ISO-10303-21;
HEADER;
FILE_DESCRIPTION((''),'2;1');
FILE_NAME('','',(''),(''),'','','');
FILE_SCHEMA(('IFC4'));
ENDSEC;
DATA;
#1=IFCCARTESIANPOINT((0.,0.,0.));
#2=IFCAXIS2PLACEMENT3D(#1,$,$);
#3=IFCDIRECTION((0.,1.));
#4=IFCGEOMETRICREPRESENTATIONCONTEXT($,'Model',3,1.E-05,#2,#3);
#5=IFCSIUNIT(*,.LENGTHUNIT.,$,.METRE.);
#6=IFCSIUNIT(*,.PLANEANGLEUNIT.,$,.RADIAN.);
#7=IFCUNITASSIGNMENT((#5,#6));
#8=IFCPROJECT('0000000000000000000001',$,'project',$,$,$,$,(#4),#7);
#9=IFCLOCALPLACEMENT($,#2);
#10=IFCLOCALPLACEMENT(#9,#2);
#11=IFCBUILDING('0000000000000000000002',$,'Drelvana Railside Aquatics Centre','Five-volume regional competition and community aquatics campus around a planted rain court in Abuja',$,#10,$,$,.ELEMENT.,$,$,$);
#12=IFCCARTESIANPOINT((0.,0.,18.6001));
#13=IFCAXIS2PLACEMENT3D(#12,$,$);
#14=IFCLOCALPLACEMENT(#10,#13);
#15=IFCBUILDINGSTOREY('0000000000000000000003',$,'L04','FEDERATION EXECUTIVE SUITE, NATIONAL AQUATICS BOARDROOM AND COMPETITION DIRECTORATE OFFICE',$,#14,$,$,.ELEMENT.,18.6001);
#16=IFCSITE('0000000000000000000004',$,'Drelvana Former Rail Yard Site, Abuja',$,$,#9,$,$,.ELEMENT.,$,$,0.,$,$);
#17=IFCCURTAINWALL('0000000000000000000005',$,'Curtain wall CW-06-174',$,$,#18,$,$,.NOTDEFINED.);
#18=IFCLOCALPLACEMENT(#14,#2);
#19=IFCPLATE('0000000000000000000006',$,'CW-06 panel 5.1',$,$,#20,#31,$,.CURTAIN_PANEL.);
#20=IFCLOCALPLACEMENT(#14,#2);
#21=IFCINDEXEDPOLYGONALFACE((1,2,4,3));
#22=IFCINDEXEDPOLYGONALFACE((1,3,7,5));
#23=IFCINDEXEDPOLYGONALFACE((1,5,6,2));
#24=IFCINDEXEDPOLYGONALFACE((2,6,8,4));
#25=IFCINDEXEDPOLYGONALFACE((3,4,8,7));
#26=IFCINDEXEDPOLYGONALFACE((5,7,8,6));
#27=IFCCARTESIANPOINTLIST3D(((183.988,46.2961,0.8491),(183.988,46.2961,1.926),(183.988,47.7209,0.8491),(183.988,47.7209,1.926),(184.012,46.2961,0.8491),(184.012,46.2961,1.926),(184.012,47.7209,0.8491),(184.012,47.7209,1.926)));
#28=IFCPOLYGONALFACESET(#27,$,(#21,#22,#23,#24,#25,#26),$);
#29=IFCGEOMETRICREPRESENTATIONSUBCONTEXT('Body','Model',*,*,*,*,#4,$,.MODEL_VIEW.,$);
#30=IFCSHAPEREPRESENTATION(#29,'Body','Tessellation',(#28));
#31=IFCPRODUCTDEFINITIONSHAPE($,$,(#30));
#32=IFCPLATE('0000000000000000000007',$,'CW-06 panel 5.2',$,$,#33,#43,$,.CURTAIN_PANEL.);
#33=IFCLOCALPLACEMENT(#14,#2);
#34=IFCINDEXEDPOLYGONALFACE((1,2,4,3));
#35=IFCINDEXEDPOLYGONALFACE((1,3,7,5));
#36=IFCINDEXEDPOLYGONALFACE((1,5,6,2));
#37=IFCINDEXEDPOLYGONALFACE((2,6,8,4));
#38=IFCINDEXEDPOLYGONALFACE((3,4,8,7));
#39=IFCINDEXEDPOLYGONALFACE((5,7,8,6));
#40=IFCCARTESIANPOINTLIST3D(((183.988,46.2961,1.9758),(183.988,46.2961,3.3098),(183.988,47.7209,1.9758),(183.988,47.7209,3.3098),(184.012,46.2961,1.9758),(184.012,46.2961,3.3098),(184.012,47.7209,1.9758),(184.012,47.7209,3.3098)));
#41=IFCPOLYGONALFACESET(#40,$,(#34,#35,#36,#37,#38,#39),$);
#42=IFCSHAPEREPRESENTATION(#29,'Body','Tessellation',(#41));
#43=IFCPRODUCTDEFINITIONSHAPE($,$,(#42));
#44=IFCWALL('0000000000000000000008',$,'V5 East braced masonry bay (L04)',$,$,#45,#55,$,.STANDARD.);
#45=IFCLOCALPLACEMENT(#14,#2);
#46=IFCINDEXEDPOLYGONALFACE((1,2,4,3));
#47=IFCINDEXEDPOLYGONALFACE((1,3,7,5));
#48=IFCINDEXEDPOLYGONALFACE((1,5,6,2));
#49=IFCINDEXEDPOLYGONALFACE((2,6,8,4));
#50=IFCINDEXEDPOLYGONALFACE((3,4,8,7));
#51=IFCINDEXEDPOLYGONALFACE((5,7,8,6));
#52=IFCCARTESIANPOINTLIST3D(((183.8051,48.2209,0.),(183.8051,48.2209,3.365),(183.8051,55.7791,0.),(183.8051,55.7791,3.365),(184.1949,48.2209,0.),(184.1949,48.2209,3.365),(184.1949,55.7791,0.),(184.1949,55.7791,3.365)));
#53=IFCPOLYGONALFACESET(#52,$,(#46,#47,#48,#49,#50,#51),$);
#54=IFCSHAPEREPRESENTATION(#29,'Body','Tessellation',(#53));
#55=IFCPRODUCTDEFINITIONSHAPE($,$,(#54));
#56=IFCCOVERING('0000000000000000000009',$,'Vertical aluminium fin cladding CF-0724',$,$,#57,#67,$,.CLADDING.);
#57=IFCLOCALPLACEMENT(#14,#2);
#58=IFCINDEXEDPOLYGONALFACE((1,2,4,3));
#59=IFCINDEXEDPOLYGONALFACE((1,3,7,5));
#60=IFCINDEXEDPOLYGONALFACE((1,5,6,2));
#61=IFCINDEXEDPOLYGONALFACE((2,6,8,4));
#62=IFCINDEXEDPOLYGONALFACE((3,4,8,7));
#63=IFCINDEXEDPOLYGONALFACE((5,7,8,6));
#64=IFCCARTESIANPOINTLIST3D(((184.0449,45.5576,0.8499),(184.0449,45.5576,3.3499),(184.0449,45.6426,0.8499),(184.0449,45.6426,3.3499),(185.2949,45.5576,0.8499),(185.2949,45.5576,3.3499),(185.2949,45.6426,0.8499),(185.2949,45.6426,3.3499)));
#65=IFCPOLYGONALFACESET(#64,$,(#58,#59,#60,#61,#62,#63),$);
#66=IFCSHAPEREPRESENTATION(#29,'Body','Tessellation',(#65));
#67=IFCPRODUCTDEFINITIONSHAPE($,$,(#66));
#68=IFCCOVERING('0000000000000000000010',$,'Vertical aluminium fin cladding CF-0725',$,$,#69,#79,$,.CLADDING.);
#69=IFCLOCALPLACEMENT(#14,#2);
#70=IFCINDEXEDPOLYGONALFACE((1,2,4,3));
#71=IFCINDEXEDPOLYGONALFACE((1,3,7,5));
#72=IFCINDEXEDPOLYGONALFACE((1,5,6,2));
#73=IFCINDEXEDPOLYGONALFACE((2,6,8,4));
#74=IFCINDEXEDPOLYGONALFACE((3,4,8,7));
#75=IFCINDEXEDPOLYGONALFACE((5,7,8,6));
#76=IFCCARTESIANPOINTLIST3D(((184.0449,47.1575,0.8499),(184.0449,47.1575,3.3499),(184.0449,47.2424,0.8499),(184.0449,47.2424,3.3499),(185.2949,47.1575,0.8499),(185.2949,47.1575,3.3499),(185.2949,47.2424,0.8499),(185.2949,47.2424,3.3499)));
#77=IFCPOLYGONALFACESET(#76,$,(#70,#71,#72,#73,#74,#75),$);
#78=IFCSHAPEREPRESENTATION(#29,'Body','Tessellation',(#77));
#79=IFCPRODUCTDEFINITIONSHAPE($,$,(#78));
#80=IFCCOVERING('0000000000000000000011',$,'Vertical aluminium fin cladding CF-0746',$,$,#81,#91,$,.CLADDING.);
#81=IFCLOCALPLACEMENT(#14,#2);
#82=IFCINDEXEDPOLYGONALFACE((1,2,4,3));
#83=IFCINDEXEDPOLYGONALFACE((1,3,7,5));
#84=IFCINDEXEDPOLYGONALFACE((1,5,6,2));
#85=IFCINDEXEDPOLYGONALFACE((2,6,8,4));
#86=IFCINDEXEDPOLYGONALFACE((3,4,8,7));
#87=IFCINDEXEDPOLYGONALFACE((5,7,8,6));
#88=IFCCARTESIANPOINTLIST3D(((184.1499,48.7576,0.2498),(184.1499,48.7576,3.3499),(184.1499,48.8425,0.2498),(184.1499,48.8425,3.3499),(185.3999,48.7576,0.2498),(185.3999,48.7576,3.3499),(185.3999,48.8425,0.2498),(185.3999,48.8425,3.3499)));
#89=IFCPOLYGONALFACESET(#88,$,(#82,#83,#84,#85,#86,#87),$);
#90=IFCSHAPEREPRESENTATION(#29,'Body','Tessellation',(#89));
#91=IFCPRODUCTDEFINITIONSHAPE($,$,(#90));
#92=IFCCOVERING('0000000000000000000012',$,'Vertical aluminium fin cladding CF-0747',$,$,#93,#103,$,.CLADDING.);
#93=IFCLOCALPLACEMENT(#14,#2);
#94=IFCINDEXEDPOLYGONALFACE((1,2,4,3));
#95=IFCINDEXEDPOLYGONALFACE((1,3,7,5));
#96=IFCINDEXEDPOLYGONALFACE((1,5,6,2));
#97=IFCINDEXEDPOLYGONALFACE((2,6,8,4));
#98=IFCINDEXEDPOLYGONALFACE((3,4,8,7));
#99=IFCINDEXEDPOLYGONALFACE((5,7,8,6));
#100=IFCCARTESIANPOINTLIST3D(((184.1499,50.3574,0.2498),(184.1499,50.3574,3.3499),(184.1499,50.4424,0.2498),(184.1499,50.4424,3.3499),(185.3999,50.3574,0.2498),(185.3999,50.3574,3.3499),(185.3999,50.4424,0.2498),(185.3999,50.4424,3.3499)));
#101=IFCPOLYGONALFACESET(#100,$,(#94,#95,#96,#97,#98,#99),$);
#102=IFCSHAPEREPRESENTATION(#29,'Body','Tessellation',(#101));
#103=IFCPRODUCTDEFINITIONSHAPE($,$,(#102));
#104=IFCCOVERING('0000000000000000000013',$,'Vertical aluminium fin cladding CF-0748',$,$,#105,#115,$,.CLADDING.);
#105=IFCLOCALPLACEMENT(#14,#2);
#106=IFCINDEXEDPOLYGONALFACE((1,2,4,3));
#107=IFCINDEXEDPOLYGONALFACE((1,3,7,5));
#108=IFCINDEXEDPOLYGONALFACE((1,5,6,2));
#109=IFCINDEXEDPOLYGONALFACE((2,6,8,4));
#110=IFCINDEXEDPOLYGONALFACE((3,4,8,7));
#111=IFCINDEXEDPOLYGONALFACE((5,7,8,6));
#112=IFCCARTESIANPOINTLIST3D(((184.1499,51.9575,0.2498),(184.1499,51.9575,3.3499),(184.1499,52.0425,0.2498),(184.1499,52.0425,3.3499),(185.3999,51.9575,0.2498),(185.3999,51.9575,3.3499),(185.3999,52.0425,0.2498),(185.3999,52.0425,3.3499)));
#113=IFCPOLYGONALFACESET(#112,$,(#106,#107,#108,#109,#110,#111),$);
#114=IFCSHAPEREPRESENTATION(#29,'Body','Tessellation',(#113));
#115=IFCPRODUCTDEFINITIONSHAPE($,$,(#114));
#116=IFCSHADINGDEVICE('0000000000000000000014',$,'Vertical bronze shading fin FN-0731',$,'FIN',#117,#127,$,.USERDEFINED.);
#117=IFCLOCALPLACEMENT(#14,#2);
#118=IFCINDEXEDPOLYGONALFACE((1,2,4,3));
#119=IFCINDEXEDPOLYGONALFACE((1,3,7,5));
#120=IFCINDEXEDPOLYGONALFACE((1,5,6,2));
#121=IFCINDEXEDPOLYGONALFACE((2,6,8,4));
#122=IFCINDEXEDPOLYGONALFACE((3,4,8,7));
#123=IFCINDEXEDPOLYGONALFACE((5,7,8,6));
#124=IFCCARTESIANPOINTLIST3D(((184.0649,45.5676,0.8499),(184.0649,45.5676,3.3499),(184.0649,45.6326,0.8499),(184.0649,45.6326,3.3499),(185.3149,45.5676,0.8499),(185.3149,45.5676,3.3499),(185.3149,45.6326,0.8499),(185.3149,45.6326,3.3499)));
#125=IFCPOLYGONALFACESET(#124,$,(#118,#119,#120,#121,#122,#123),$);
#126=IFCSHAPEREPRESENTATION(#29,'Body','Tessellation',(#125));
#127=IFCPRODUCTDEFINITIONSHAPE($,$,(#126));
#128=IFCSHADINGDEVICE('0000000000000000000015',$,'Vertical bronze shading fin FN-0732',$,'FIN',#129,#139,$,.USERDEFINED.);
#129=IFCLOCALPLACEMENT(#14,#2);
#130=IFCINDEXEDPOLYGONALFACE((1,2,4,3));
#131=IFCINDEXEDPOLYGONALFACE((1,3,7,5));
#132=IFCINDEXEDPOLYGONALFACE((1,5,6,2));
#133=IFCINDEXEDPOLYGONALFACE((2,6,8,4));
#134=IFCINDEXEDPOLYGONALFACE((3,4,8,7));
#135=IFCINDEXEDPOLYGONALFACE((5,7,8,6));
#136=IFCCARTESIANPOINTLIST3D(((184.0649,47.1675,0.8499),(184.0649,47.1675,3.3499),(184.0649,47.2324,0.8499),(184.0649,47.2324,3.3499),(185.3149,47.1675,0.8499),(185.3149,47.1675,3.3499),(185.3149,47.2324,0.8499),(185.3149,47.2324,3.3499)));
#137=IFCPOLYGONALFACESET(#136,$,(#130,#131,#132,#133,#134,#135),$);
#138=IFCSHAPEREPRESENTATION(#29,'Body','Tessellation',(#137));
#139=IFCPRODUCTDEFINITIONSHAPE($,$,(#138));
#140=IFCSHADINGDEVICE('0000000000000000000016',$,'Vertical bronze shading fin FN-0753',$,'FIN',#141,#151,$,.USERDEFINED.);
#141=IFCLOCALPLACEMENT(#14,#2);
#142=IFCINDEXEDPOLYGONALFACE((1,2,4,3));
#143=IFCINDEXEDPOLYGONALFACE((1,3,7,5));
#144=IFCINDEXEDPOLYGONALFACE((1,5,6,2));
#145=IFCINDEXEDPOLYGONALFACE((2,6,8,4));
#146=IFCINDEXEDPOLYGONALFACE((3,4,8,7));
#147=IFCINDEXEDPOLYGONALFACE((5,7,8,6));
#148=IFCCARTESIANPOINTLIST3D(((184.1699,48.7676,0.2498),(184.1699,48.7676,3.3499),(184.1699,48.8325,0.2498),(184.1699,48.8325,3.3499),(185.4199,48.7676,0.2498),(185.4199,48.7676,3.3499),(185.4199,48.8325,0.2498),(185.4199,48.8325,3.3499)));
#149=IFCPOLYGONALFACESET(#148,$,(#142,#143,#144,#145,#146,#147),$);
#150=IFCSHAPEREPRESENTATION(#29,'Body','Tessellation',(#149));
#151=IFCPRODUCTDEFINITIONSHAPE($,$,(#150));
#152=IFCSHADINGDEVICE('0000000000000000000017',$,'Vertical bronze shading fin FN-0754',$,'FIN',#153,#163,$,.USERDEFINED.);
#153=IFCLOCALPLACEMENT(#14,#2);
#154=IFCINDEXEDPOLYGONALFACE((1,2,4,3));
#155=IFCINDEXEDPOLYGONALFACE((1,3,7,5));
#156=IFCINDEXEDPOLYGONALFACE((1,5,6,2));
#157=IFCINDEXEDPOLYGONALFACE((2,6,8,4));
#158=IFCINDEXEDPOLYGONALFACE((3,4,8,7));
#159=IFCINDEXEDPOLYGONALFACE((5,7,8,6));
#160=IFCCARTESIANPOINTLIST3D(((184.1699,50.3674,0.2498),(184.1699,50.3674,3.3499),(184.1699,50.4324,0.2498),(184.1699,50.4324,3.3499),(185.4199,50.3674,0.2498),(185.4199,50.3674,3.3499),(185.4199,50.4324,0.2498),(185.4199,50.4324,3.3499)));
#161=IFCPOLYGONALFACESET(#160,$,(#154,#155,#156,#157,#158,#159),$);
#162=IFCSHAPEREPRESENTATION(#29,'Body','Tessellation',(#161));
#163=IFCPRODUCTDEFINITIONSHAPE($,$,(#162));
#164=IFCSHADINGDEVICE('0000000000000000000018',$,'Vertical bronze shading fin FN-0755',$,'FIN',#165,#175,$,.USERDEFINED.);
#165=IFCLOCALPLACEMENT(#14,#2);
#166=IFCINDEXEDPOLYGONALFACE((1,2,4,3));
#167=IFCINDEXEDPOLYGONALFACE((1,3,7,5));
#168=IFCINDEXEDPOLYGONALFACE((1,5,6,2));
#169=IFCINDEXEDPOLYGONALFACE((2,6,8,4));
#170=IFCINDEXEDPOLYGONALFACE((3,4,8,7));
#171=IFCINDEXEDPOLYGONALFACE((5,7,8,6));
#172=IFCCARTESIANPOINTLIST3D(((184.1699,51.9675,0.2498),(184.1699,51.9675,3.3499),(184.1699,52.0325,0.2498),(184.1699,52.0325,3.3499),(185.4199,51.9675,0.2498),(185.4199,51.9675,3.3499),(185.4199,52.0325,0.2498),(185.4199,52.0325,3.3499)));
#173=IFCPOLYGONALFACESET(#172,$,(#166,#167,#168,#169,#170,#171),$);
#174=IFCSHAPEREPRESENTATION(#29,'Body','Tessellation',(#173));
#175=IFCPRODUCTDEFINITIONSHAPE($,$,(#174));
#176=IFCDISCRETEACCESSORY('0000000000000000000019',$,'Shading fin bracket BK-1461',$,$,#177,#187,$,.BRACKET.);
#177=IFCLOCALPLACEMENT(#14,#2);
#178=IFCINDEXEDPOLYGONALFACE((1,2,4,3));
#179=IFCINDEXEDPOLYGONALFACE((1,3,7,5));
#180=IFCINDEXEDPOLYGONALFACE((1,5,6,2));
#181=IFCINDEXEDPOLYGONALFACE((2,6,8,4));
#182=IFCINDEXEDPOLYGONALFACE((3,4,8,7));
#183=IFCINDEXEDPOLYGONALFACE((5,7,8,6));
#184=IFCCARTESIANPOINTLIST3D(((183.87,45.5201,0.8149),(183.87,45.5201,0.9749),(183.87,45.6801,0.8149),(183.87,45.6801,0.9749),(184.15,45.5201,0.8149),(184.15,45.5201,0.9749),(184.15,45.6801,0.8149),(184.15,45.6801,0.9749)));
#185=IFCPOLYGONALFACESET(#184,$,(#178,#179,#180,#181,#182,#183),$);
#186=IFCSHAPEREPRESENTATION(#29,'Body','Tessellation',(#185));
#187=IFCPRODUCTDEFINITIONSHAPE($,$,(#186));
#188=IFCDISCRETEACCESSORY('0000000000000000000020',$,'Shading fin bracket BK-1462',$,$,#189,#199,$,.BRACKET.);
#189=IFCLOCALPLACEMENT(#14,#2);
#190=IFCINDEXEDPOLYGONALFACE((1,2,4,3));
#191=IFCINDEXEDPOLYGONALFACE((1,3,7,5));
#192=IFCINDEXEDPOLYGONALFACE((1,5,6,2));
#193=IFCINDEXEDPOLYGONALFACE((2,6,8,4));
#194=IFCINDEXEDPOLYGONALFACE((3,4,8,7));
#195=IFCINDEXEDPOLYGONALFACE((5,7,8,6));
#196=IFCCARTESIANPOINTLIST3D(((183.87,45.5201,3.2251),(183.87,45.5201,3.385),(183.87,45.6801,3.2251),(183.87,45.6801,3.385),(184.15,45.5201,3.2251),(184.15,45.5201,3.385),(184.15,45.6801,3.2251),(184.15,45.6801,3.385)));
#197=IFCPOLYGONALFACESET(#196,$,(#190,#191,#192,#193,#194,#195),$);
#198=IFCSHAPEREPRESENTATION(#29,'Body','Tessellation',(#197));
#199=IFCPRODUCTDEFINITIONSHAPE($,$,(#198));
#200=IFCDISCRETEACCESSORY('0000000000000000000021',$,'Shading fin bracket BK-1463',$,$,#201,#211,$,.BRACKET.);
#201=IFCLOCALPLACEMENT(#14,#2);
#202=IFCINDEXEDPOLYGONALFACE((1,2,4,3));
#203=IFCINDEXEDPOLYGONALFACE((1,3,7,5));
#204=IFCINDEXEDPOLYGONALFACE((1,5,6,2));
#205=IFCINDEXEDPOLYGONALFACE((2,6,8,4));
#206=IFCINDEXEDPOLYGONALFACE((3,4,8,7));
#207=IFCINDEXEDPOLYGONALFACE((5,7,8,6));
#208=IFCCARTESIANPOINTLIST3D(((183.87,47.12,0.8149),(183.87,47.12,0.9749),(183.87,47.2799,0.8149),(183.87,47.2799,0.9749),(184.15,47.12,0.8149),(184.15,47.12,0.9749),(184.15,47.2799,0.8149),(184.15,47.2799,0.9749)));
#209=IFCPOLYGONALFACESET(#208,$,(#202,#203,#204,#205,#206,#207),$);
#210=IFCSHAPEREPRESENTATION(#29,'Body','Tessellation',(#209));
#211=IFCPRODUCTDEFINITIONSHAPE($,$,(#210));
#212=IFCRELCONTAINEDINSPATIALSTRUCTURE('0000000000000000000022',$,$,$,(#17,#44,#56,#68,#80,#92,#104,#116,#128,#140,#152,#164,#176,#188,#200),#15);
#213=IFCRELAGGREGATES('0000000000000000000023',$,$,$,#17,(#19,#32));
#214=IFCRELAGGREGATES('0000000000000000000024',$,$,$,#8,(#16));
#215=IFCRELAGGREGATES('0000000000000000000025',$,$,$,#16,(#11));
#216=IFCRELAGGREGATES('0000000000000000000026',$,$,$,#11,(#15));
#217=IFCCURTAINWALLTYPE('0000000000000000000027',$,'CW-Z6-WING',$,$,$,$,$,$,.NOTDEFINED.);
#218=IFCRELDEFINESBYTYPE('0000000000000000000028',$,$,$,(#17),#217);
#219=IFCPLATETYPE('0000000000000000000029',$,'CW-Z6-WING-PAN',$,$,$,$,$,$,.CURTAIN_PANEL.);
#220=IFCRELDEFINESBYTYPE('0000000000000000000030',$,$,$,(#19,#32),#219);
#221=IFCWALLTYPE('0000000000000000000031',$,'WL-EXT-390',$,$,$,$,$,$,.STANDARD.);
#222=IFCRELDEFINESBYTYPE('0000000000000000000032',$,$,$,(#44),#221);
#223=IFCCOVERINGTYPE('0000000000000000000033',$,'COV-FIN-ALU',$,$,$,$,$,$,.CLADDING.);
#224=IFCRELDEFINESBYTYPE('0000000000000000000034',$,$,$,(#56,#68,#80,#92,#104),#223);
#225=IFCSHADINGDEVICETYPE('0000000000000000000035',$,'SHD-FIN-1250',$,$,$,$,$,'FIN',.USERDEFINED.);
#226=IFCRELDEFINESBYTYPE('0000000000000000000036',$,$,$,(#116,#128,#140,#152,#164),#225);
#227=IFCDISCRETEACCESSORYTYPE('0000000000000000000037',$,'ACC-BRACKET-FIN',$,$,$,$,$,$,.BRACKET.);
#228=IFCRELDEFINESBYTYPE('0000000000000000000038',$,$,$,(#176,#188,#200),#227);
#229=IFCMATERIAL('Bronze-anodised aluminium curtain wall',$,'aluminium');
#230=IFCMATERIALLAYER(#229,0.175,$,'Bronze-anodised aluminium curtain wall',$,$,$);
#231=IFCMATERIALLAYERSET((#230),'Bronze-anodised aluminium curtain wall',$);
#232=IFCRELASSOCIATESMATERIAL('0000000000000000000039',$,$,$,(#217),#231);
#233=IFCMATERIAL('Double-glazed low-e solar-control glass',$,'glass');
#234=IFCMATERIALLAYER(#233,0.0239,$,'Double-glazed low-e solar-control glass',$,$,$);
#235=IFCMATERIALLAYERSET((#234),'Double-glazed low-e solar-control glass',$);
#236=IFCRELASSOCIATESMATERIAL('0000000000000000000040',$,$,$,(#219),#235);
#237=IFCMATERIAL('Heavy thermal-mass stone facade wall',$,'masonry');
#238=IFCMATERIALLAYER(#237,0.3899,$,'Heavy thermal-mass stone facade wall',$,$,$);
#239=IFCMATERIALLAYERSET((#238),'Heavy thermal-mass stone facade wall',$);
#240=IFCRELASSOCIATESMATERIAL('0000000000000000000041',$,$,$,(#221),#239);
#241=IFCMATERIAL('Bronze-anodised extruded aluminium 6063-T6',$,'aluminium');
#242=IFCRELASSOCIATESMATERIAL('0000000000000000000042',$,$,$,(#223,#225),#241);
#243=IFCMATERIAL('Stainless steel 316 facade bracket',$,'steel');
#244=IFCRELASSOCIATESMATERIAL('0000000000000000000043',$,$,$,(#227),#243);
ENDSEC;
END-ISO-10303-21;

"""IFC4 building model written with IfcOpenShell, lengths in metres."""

from ifc_helpers import new_model, si_unit, direction, frame, frame_2d, origin, origin_2d, place, context, subcontext, project, spatial, rectangle, extrude, material, layer, layer_set, type_object, element, aggregate, save


model = new_model("IFC4")

# Units and contexts
model_context = context("Model", 3, precision=1e-05, world=origin(), true_north=direction((0.0, 1.0)))
body_context = subcontext(model_context, "Body", "Model", "MODEL_VIEW")
ifc_project = project(units=[si_unit("LENGTHUNIT", "METRE"), si_unit("PLANEANGLEUNIT", "RADIAN")], contexts=[model_context])

# Site, building, storey
site_placement = place(None, origin())
site = spatial("IfcSite", under=ifc_project, at=site_placement, Name="Drelvana Former Rail Yard Site, Abuja", CompositionType="ELEMENT", RefElevation=0.0)
building_placement = place(site_placement, origin())
building = spatial("IfcBuilding", under=site, at=building_placement, Name="Drelvana Railside Aquatics Centre", Description="Five-volume regional competition and community aquatics campus around a planted rain court in Abuja", CompositionType="ELEMENT")
storey_placement = place(building_placement, frame((0.0, 0.0, 18.6001)))
storey = spatial("IfcBuildingStorey", under=building, at=storey_placement, Name="L04", Description="FEDERATION EXECUTIVE SUITE, NATIONAL AQUATICS BOARDROOM AND COMPETITION DIRECTORATE OFFICE", CompositionType="ELEMENT", Elevation=18.6001)

# Curtain wall
ifc_material_1 = material(Name="Bronze-anodised aluminium curtain wall", Category="aluminium")
ifc_layer_1 = layer(ifc_material_1, 0.175, Name="Bronze-anodised aluminium curtain wall")
ifc_layer_set_1 = layer_set([ifc_layer_1], Name="Bronze-anodised aluminium curtain wall")
curtain_wall_type = type_object("IfcCurtainWallType", Name="CW-Z6-WING", PredefinedType="NOTDEFINED", material=ifc_layer_set_1)
curtain_wall_placement = place(storey_placement, origin())
curtain_wall = element("IfcCurtainWall", 1, at=curtain_wall_placement, inside=storey, type_object=curtain_wall_type, Name="Curtain wall CW-06-174", PredefinedType="NOTDEFINED")

# Plates
ifc_material_2 = material(Name="Double-glazed low-e solar-control glass", Category="glass")
ifc_layer_2 = layer(ifc_material_2, 0.0239, Name="Double-glazed low-e solar-control glass")
ifc_layer_set_2 = layer_set([ifc_layer_2], Name="Double-glazed low-e solar-control glass")
plate_type = type_object("IfcPlateType", Name="CW-Z6-WING-PAN", PredefinedType="CURTAIN_PANEL", material=ifc_layer_set_2)
plate_1_placement = place(storey_placement, frame((184.0, 47.0085, 0.8491), z_axis=(0.0, 0.0, 1.0), x_axis=(0.0, 1.0, 0.0)))
plate_1 = element("IfcPlate", 2, at=plate_1_placement, type_object=plate_type, Name="CW-06 panel 5.1", PredefinedType="CURTAIN_PANEL", context=body_context, shape_type="SweptSolid", body=[
    extrude(rectangle(XDim=1.4248, YDim=0.0239, at=origin_2d()), origin(), (0.0, 0.0, 1.0), 1.0769),
])
plate_2_placement = place(storey_placement, frame((184.0, 47.0085, 1.9758), z_axis=(0.0, 0.0, 1.0), x_axis=(0.0, 1.0, 0.0)))
plate_2 = element("IfcPlate", 3, at=plate_2_placement, type_object=plate_type, Name="CW-06 panel 5.2", PredefinedType="CURTAIN_PANEL", context=body_context, shape_type="SweptSolid", body=[
    extrude(rectangle(XDim=1.4248, YDim=0.0239, at=origin_2d()), origin(), (0.0, 0.0, 1.0), 1.334),
])
aggregate(curtain_wall, [plate_1, plate_2])

# Wall
ifc_material_3 = material(Name="Heavy thermal-mass stone facade wall", Category="masonry")
ifc_layer_3 = layer(ifc_material_3, 0.3899, Name="Heavy thermal-mass stone facade wall")
ifc_layer_set_3 = layer_set([ifc_layer_3], Name="Heavy thermal-mass stone facade wall")
wall_type = type_object("IfcWallType", Name="WL-EXT-390", PredefinedType="STANDARD", material=ifc_layer_set_3)
wall_placement = place(storey_placement, frame((184.0, 48.2209, 0.0), z_axis=(0.0, 0.0, 1.0), x_axis=(0.0, 1.0, 0.0)))
element("IfcWall", 4, at=wall_placement, inside=storey, type_object=wall_type, Name="V5 East braced masonry bay (L04)", PredefinedType="STANDARD", context=body_context, shape_type="SweptSolid", body=[
    extrude(rectangle(XDim=7.5581, YDim=0.3899, at=frame_2d((3.7791, 0.0))), origin(), (0.0, 0.0, 1.0), 3.365),
])

# Coverings
ifc_material_4 = material(Name="Bronze-anodised extruded aluminium 6063-T6", Category="aluminium")
covering_type = type_object("IfcCoveringType", Name="COV-FIN-ALU", PredefinedType="CLADDING", material=ifc_material_4)
for number, where, z_axis, x_axis, name in (
    (5, (184.6699, 45.6001, 0.8499), (0.0, 0.0, 1.0), (0.0, -1.0, 0.0), "Vertical aluminium fin cladding CF-0724"),
    (6, (184.6699, 47.2, 0.8499), (0.0, 0.0, 1.0), (0.0, -1.0, 0.0), "Vertical aluminium fin cladding CF-0725"),
):
    element("IfcCovering", number, at=place(storey_placement, frame(where, z_axis=z_axis, x_axis=x_axis)), inside=storey, type_object=covering_type, Name=name, PredefinedType="CLADDING", context=body_context, shape_type="SweptSolid", body=[
        extrude(rectangle(XDim=0.085, YDim=1.25, at=origin_2d()), origin(), (0.0, 0.0, 1.0), 2.5),
    ])
for number, where, z_axis, x_axis, name in (
    (7, (184.7749, 48.8, 0.2498), (0.0, 0.0, 1.0), (0.0, -1.0, 0.0), "Vertical aluminium fin cladding CF-0746"),
    (8, (184.7749, 50.3999, 0.2498), (0.0, 0.0, 1.0), (0.0, -1.0, 0.0), "Vertical aluminium fin cladding CF-0747"),
    (9, (184.7749, 52.0, 0.2498), (0.0, 0.0, 1.0), (0.0, -1.0, 0.0), "Vertical aluminium fin cladding CF-0748"),
):
    element("IfcCovering", number, at=place(storey_placement, frame(where, z_axis=z_axis, x_axis=x_axis)), inside=storey, type_object=covering_type, Name=name, PredefinedType="CLADDING", context=body_context, shape_type="SweptSolid", body=[
        extrude(rectangle(XDim=0.085, YDim=1.25, at=origin_2d()), origin(), (0.0, 0.0, 1.0), 3.1001),
    ])

# Shading devices
shading_device_type = type_object("IfcShadingDeviceType", Name="SHD-FIN-1250", ElementType="FIN", PredefinedType="USERDEFINED", material=ifc_material_4)
for number, where, z_axis, x_axis, name in (
    (10, (184.6899, 45.6001, 0.8499), (0.0, 0.0, 1.0), (1.0, 0.0, 0.0), "Vertical bronze shading fin FN-0731"),
    (11, (184.6899, 47.2, 0.8499), (0.0, 0.0, 1.0), (1.0, 0.0, 0.0), "Vertical bronze shading fin FN-0732"),
):
    element("IfcShadingDevice", number, at=place(storey_placement, frame(where, z_axis=z_axis, x_axis=x_axis)), inside=storey, type_object=shading_device_type, Name=name, ObjectType="FIN", PredefinedType="USERDEFINED", context=body_context, shape_type="SweptSolid", body=[
        extrude(rectangle(XDim=1.25, YDim=0.0649, at=origin_2d()), origin(), (0.0, 0.0, 1.0), 2.5),
    ])
for number, where, z_axis, x_axis, name in (
    (12, (184.7949, 48.8, 0.2498), (0.0, 0.0, 1.0), (1.0, 0.0, 0.0), "Vertical bronze shading fin FN-0753"),
    (13, (184.7949, 50.3999, 0.2498), (0.0, 0.0, 1.0), (1.0, 0.0, 0.0), "Vertical bronze shading fin FN-0754"),
    (14, (184.7949, 52.0, 0.2498), (0.0, 0.0, 1.0), (1.0, 0.0, 0.0), "Vertical bronze shading fin FN-0755"),
):
    element("IfcShadingDevice", number, at=place(storey_placement, frame(where, z_axis=z_axis, x_axis=x_axis)), inside=storey, type_object=shading_device_type, Name=name, ObjectType="FIN", PredefinedType="USERDEFINED", context=body_context, shape_type="SweptSolid", body=[
        extrude(rectangle(XDim=1.25, YDim=0.0649, at=origin_2d()), origin(), (0.0, 0.0, 1.0), 3.1001),
    ])

# Discrete accessories
ifc_material_5 = material(Name="Stainless steel 316 facade bracket", Category="steel")
discrete_accessory_type = type_object("IfcDiscreteAccessoryType", Name="ACC-BRACKET-FIN", PredefinedType="BRACKET", material=ifc_material_5)
for number, where, z_axis, x_axis, name in (
    (15, (184.01, 45.6001, 0.8149), (0.0, 0.0, 1.0), (1.0, 0.0, 0.0), "Shading fin bracket BK-1461"),
    (16, (184.01, 45.6001, 3.2251), (0.0, 0.0, 1.0), (1.0, 0.0, 0.0), "Shading fin bracket BK-1462"),
    (17, (184.01, 47.2, 0.8149), (0.0, 0.0, 1.0), (1.0, 0.0, 0.0), "Shading fin bracket BK-1463"),
):
    element("IfcDiscreteAccessory", number, at=place(storey_placement, frame(where, z_axis=z_axis, x_axis=x_axis)), inside=storey, type_object=discrete_accessory_type, Name=name, PredefinedType="BRACKET", context=body_context, shape_type="SweptSolid", body=[
        extrude(rectangle(XDim=0.28, YDim=0.1599, at=origin_2d()), origin(), (0.0, 0.0, 1.0), 0.1599),
    ])

save(model, "model.ifc")
